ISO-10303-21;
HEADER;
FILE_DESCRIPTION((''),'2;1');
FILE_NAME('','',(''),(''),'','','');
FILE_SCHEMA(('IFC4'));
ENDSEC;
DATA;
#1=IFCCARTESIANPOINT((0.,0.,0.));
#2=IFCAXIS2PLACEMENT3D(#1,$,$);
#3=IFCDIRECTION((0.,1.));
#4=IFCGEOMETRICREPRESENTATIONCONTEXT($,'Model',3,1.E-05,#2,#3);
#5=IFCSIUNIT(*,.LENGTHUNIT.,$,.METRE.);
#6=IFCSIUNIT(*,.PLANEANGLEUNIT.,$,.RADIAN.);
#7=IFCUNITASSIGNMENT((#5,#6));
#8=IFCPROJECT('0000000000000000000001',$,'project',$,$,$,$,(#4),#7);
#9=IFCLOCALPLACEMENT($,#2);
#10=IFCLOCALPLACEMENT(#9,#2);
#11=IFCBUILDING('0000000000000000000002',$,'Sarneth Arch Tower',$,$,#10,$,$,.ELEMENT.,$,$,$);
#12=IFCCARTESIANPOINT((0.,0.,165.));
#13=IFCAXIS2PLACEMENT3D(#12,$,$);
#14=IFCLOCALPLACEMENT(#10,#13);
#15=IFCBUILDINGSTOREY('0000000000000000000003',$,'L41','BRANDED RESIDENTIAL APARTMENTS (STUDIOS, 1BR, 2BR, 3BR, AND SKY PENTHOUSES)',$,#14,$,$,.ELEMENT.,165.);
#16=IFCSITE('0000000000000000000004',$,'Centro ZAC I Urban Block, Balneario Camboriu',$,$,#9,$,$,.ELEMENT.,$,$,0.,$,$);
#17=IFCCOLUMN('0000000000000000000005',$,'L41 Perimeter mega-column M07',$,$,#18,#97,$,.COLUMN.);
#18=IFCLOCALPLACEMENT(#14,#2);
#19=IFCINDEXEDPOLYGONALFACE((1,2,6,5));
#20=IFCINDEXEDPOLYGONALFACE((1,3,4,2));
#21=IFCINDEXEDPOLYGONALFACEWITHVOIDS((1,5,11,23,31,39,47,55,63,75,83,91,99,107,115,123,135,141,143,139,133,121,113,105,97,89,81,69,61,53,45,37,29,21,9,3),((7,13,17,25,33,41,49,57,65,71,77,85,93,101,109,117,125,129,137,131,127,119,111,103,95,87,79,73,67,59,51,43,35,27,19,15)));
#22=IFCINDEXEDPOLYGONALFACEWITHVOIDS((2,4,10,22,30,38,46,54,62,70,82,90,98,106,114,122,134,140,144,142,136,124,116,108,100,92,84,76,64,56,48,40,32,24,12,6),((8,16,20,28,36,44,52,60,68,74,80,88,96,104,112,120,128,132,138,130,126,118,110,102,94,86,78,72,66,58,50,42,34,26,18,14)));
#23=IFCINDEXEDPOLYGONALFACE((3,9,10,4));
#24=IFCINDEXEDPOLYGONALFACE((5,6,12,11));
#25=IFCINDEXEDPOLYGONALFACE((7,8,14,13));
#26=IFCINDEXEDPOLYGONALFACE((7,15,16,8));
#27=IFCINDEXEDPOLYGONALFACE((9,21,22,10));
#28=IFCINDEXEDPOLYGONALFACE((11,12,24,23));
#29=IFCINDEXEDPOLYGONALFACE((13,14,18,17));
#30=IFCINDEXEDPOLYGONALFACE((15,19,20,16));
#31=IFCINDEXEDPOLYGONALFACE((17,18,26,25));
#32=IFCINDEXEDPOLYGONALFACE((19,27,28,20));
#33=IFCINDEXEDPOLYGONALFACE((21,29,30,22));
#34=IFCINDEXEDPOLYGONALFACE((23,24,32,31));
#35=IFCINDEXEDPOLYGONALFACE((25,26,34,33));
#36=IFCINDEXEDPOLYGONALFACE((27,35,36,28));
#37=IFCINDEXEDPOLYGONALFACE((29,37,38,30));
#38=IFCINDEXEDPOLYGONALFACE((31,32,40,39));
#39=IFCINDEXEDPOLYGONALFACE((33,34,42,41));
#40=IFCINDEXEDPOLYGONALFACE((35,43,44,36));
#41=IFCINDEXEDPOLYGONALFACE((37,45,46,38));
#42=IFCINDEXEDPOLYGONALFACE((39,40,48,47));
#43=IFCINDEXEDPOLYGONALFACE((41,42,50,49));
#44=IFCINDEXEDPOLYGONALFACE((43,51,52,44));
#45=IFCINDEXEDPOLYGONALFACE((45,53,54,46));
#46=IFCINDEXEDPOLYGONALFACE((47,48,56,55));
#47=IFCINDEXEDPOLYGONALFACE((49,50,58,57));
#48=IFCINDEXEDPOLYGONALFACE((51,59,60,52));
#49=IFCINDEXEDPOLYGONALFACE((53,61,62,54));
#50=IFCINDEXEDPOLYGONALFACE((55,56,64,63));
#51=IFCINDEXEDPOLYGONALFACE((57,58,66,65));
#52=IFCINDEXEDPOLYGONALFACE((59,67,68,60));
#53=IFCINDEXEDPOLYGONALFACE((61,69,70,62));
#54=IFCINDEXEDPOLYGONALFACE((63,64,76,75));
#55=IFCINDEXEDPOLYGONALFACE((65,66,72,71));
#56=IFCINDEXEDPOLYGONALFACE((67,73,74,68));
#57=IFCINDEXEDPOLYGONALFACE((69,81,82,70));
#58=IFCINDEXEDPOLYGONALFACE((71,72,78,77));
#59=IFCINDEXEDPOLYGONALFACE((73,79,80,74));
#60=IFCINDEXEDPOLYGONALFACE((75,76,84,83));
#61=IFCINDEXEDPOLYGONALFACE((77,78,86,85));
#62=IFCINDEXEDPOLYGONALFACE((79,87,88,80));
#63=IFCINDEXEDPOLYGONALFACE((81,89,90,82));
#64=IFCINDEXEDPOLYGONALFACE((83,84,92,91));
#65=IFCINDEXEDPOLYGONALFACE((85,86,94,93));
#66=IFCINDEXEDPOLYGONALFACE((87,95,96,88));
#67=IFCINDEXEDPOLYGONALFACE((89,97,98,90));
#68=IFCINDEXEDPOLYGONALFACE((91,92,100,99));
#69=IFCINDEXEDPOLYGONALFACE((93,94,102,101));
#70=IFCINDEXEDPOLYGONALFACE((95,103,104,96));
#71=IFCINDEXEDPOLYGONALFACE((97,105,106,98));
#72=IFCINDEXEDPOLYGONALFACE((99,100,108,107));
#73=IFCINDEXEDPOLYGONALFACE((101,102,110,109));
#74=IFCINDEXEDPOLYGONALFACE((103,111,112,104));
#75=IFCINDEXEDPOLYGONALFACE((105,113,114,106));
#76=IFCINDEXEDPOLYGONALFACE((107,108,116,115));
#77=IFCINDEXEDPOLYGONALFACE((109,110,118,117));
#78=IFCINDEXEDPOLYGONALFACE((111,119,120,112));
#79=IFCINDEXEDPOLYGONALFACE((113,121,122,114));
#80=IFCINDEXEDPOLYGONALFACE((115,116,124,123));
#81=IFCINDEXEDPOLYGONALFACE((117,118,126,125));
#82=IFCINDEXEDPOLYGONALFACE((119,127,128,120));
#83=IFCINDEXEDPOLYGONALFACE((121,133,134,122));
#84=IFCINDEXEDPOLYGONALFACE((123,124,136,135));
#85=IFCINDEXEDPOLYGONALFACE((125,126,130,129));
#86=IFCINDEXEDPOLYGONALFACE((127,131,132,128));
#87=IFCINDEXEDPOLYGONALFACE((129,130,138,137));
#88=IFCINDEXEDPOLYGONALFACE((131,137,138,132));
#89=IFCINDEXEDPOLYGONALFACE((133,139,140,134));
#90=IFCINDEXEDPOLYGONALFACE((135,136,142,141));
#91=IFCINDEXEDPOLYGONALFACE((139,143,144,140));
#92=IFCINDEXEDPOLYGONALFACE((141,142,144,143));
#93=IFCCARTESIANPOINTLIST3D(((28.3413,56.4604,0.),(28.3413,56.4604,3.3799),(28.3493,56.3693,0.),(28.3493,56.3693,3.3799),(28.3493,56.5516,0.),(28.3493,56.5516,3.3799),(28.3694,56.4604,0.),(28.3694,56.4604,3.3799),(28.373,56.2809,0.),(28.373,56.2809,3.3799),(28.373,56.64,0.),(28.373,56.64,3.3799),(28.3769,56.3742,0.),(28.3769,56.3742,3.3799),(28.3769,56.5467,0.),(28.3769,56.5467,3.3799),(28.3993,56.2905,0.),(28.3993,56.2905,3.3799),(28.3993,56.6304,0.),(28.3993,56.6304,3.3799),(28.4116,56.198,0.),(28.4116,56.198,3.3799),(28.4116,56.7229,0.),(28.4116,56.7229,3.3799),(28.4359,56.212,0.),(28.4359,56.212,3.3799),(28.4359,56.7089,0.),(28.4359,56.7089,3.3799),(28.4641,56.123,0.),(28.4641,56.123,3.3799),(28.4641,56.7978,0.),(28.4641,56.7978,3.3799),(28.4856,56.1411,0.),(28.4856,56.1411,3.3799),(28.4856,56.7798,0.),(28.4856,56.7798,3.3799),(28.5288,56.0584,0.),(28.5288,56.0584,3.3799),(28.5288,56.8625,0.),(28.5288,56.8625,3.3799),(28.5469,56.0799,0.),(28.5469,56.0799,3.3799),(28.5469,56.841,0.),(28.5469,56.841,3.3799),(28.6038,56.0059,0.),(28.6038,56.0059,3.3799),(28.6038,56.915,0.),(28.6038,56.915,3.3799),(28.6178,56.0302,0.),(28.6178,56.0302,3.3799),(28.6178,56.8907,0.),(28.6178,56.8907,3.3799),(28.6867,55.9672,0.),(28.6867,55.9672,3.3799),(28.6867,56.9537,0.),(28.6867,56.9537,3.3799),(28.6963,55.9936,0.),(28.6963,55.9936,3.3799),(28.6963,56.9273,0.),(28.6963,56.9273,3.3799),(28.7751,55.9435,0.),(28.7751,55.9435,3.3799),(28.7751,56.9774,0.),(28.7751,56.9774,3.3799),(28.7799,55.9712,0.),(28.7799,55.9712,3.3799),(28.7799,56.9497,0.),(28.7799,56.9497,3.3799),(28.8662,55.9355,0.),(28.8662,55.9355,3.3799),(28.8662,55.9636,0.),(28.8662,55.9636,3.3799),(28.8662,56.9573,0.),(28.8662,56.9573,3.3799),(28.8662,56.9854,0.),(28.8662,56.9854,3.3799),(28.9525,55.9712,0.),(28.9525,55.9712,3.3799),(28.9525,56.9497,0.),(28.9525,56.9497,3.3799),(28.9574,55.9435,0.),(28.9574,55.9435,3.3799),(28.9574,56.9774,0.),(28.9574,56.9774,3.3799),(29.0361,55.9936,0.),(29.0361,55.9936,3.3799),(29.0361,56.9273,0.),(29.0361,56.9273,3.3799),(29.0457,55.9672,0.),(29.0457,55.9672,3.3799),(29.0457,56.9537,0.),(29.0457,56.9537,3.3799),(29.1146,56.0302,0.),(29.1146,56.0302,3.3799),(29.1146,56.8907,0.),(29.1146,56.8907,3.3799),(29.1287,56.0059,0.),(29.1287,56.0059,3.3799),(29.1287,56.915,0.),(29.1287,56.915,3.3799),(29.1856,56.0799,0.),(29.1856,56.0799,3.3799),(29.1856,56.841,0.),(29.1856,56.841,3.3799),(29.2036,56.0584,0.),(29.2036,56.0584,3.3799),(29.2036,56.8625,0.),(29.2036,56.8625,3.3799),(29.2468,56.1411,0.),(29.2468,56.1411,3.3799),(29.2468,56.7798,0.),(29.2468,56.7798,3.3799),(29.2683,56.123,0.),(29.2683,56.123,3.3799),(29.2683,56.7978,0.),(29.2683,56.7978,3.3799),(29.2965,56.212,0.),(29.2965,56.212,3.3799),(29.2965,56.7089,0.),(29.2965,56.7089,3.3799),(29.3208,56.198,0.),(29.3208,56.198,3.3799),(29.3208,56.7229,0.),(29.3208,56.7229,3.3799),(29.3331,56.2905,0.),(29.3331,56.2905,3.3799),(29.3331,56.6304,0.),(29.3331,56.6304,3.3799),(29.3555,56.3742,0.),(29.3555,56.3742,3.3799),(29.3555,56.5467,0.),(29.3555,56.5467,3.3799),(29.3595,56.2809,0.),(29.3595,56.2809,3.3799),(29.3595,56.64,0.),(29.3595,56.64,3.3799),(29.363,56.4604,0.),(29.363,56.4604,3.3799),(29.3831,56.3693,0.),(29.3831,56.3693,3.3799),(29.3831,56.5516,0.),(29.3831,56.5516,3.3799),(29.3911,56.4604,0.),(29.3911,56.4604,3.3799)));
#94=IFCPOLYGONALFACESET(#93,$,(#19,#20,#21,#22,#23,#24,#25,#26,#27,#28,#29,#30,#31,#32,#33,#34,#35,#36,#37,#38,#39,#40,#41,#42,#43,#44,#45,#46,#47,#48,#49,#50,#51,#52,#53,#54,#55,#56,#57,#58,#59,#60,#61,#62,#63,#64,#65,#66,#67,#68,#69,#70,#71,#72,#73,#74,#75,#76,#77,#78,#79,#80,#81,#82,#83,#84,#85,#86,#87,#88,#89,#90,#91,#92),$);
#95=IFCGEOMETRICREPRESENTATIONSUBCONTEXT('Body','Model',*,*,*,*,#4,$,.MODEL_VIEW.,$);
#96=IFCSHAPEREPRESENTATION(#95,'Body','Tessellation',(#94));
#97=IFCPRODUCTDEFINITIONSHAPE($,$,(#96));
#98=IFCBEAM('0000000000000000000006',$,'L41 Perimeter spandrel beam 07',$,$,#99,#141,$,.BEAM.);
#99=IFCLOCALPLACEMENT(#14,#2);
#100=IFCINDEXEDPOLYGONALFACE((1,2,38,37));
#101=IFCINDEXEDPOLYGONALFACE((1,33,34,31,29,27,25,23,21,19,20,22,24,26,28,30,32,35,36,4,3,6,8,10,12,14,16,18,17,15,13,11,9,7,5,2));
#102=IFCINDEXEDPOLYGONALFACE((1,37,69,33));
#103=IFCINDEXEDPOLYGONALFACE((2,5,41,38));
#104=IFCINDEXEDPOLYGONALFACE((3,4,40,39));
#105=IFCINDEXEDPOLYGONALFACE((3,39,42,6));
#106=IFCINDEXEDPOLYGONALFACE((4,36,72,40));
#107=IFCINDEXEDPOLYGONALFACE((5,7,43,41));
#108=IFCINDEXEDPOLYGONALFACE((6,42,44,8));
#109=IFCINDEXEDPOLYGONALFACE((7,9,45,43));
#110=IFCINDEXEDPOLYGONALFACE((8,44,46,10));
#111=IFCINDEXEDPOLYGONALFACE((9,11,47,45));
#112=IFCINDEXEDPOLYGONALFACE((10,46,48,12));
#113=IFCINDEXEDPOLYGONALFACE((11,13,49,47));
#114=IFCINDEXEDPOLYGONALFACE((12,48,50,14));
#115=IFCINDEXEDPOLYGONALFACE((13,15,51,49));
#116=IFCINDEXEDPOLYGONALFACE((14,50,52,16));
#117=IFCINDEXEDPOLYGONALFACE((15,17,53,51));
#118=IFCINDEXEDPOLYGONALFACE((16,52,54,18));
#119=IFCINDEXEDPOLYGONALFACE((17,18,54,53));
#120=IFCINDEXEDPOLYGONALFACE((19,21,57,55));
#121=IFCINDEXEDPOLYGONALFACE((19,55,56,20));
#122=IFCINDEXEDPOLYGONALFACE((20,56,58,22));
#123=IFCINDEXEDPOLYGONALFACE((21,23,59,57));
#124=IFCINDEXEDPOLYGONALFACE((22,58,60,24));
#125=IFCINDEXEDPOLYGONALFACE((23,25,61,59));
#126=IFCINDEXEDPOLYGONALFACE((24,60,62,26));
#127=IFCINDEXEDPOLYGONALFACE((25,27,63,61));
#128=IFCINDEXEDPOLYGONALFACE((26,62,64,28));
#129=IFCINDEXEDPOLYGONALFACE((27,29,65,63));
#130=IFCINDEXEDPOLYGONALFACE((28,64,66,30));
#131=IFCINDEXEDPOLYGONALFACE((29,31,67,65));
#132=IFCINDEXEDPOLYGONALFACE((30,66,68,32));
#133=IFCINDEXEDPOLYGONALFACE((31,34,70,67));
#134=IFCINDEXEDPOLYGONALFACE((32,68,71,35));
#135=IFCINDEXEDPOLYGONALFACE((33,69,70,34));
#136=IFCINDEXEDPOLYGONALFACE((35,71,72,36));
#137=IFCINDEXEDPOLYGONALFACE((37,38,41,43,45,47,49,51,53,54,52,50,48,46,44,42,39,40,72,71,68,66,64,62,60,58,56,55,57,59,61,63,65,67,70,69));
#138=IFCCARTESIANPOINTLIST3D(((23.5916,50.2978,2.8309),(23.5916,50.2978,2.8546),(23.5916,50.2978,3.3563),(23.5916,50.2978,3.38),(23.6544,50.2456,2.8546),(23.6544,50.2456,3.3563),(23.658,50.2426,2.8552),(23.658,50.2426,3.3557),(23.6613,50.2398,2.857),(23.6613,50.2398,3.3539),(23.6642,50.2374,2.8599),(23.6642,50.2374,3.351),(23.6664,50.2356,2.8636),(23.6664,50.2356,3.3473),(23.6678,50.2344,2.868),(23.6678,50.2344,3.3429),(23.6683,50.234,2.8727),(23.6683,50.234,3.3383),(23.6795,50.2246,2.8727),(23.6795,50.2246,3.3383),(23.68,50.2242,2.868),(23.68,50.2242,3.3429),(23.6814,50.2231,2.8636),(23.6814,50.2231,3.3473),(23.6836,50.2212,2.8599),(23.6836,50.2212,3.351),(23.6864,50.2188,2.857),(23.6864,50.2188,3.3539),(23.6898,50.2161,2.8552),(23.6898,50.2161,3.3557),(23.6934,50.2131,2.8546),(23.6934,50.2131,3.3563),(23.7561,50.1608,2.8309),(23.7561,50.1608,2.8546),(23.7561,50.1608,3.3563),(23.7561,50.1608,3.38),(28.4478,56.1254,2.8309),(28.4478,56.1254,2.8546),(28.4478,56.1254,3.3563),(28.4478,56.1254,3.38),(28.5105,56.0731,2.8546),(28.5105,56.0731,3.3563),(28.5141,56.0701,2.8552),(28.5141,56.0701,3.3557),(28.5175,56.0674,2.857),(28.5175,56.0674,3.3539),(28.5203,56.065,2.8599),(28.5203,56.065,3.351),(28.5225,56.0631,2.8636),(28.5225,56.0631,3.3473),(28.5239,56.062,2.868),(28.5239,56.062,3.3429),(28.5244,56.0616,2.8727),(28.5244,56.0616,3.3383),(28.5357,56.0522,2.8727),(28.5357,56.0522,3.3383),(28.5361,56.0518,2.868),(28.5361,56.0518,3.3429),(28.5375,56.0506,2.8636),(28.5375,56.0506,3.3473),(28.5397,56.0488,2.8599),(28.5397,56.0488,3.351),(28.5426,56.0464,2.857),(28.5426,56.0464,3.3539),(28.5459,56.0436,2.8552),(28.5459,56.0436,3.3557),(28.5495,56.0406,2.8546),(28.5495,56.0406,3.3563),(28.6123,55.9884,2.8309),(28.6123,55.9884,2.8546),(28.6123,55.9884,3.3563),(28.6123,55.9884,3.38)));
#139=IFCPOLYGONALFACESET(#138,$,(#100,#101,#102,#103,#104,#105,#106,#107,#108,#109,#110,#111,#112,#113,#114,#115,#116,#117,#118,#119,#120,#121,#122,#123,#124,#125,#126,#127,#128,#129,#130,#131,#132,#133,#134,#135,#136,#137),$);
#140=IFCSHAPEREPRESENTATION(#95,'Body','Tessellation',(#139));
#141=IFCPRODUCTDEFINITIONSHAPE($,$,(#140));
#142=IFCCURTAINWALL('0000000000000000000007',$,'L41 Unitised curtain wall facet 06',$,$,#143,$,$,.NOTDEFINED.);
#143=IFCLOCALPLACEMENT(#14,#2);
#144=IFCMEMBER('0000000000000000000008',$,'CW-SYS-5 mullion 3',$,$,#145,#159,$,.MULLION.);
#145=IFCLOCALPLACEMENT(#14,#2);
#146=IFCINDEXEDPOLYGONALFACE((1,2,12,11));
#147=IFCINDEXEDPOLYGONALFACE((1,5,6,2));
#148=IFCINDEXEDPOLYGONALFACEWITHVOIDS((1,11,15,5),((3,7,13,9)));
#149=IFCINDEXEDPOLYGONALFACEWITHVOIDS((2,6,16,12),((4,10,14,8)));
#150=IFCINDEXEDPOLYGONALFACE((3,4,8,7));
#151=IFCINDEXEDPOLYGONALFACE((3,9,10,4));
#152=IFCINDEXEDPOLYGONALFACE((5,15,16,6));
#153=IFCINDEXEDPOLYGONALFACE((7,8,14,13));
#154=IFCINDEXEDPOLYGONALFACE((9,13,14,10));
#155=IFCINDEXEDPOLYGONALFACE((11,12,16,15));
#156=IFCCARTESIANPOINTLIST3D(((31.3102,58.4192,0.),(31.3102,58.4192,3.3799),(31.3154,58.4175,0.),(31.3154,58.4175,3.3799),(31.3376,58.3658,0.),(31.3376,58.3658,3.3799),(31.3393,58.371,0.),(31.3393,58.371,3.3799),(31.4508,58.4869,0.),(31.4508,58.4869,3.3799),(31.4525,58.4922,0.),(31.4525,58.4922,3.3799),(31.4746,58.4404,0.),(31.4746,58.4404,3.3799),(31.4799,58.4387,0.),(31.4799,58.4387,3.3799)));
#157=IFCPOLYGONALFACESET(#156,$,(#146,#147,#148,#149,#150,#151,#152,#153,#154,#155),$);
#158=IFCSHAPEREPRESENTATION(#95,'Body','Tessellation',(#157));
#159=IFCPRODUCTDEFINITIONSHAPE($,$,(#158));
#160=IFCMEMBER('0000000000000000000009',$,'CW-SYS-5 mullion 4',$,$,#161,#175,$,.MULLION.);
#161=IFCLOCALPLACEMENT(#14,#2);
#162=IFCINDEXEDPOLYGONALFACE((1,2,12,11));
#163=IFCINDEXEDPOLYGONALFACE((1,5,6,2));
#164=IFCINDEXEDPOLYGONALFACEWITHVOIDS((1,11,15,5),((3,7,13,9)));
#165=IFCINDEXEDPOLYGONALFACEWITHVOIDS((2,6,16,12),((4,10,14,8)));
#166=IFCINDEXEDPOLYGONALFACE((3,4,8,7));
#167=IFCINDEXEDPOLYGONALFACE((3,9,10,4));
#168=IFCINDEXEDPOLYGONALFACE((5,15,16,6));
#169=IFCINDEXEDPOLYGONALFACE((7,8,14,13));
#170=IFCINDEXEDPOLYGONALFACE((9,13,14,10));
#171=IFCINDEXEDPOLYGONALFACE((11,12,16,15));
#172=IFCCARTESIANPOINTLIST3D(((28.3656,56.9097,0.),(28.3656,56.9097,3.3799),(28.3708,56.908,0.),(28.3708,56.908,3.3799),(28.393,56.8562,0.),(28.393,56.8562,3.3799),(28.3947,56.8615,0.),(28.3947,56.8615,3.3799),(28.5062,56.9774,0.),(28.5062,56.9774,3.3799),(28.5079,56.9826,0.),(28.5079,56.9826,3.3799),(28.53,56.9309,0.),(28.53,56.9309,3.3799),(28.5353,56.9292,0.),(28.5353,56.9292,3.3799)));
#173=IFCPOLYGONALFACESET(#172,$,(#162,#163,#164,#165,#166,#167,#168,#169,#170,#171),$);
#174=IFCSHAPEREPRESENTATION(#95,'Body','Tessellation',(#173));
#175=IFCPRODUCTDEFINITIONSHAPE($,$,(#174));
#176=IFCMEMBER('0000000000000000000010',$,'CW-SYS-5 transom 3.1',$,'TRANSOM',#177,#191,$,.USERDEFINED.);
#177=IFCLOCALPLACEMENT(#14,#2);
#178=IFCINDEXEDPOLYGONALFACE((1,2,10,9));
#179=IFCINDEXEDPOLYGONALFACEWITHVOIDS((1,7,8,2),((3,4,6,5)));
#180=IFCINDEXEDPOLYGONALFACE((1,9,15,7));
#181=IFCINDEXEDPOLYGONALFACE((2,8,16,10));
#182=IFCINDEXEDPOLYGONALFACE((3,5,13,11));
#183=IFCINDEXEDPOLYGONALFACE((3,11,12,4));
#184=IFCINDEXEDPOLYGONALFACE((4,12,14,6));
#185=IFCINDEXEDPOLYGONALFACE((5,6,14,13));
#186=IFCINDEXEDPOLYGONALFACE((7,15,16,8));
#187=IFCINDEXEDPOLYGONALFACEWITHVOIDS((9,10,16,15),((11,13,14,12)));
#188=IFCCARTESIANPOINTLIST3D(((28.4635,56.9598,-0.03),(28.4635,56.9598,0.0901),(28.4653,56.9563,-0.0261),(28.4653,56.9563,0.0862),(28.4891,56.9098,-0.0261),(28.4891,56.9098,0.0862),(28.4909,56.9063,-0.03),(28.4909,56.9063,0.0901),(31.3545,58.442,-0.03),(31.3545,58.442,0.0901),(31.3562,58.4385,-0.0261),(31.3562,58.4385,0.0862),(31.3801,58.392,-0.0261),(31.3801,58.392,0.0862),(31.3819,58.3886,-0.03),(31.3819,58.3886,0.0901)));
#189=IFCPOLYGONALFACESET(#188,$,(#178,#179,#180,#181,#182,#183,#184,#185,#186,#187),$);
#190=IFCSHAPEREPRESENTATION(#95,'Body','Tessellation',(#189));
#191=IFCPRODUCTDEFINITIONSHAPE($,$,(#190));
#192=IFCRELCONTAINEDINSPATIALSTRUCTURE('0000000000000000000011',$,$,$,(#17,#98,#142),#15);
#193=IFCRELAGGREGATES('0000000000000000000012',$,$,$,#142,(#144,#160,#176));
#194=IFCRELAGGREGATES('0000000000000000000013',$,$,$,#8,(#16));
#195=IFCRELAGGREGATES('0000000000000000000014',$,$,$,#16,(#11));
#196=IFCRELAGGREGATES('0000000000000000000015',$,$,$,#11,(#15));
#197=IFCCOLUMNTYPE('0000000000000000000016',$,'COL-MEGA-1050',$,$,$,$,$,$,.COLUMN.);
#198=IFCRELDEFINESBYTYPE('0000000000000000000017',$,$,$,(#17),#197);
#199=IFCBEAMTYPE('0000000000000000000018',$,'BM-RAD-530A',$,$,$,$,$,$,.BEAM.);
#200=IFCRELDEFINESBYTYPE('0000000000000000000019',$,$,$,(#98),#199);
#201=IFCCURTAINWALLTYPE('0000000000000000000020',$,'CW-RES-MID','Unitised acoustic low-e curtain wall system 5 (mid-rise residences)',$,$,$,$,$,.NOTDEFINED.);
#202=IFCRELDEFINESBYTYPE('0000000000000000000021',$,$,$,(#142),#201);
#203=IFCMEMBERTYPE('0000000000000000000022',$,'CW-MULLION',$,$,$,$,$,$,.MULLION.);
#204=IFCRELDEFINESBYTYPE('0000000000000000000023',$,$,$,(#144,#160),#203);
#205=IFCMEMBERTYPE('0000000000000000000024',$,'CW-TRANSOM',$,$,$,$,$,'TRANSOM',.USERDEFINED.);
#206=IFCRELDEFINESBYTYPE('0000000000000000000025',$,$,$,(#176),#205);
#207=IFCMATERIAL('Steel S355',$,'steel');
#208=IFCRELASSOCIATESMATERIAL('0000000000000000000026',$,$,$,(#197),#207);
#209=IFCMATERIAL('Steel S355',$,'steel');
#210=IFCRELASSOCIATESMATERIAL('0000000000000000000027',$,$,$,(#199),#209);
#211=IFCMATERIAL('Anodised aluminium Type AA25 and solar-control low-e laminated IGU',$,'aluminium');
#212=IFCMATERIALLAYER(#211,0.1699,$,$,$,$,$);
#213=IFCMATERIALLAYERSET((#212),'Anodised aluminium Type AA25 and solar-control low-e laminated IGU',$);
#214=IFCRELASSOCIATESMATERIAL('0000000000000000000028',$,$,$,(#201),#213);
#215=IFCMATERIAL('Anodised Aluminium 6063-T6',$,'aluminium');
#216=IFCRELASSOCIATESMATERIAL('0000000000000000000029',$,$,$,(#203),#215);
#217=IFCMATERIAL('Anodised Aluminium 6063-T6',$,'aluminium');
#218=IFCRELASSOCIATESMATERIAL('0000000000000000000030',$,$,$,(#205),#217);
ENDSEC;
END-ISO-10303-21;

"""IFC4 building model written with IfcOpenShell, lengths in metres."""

from ifc_helpers import new_model, si_unit, direction, frame, origin, origin_2d, place, context, subcontext, project, spatial, hollow_rectangle, hollow_circle, i_section, extrude, material, layer, layer_set, material_profile, profile_set, type_object, element, aggregate, save


model = new_model("IFC4")

# Units and contexts
model_context = context("Model", 3, precision=1e-05, world=origin(), true_north=direction((0.0, 1.0)))
body_context = subcontext(model_context, "Body", "Model", "MODEL_VIEW")
ifc_project = project(units=[si_unit("LENGTHUNIT", "METRE"), si_unit("PLANEANGLEUNIT", "RADIAN")], contexts=[model_context])

# Site, building, storey
site_placement = place(None, origin())
site = spatial("IfcSite", under=ifc_project, at=site_placement, Name="Centro ZAC I Urban Block, Balneario Camboriu", CompositionType="ELEMENT", RefElevation=0.0)
building_placement = place(site_placement, origin())
building = spatial("IfcBuilding", under=site, at=building_placement, Name="Sarneth Arch Tower", CompositionType="ELEMENT")
storey_placement = place(building_placement, frame((0.0, 0.0, 165.0)))
storey = spatial("IfcBuildingStorey", under=building, at=storey_placement, Name="L41", Description="BRANDED RESIDENTIAL APARTMENTS (STUDIOS, 1BR, 2BR, 3BR, AND SKY PENTHOUSES)", CompositionType="ELEMENT", Elevation=165.0)

# Column
ifc_material_1 = material(Name="Steel S355", Category="steel")
ifc_material_profile_1 = material_profile(ifc_material_1, hollow_circle(Radius=0.5249, WallThickness=0.0281, at=origin_2d()), Name="CHS1050x28")
ifc_profile_set_1 = profile_set([ifc_material_profile_1], Name="Steel S355")
column_type = type_object("IfcColumnType", Name="COL-MEGA-1050", PredefinedType="COLUMN", material=ifc_profile_set_1)
column_placement = place(storey_placement, frame((28.8662, 56.4604, 0.0), z_axis=(0.0, 0.0, 1.0), x_axis=(1.0, 0.0, 0.0)))
element("IfcColumn", 1, at=column_placement, inside=storey, type_object=column_type, Name="L41 Perimeter mega-column M07", PredefinedType="COLUMN", context=body_context, shape_type="SweptSolid", body=[
    extrude(hollow_circle(Radius=0.5249, WallThickness=0.0281, at=origin_2d()), origin(), (0.0, 0.0, 1.0), 3.3799),
])

# Beam
ifc_material_2 = material(Name="Steel S355", Category="steel")
ifc_material_profile_2 = material_profile(ifc_material_2, i_section(OverallWidth=0.2141, OverallDepth=0.5491, WebThickness=0.0146, FlangeThickness=0.0237, FilletRadius=0.0181, at=origin_2d()), Name="W530x138")
ifc_profile_set_2 = profile_set([ifc_material_profile_2], Name="Steel S355")
beam_type = type_object("IfcBeamType", Name="BM-RAD-530A", PredefinedType="BEAM", material=ifc_profile_set_2)
beam_placement = place(storey_placement, frame((28.53, 56.0569, 3.1055), z_axis=(-0.640172, -0.768232, 0.0), x_axis=(0.768232, -0.640172, 0.0)))
element("IfcBeam", 2, at=beam_placement, inside=storey, type_object=beam_type, Name="L41 Perimeter spandrel beam 07", PredefinedType="BEAM", context=body_context, shape_type="SweptSolid", body=[
    extrude(i_section(OverallWidth=0.2141, OverallDepth=0.5491, WebThickness=0.0146, FlangeThickness=0.0237, FilletRadius=0.0181, at=origin_2d()), origin(), (0.0, 0.0, 1.0), 7.5857),
])

# Curtain wall, members
ifc_material_3 = material(Name="Anodised aluminium Type AA25 and solar-control low-e laminated IGU", Category="aluminium")
ifc_layer_1 = layer(ifc_material_3, 0.1699)
ifc_layer_set_1 = layer_set([ifc_layer_1], Name="Anodised aluminium Type AA25 and solar-control low-e laminated IGU")
curtain_wall_type = type_object("IfcCurtainWallType", Name="CW-RES-MID", Description="Unitised acoustic low-e curtain wall system 5 (mid-rise residences)", PredefinedType="NOTDEFINED", material=ifc_layer_set_1)
curtain_wall_placement = place(storey_placement, origin())
curtain_wall = element("IfcCurtainWall", 3, at=curtain_wall_placement, inside=storey, type_object=curtain_wall_type, Name="L41 Unitised curtain wall facet 06", PredefinedType="NOTDEFINED")
ifc_material_4 = material(Name="Anodised Aluminium 6063-T6", Category="aluminium")
ifc_material_profile_3 = material_profile(ifc_material_4, hollow_rectangle(XDim=0.0601, YDim=0.1599, WallThickness=0.0039, at=origin_2d()), Name="AL-MULL-160x60x4")
ifc_profile_set_3 = profile_set([ifc_material_profile_3], Name="Anodised Aluminium 6063-T6")
member_type_1 = type_object("IfcMemberType", Name="CW-MULLION", PredefinedType="MULLION", material=ifc_profile_set_3)
member_1_placement = place(storey_placement, frame((31.395, 58.429, 0.0), z_axis=(0.0, 0.0, 1.0), x_axis=(0.456208, -0.889873, 0.0)))
member_1 = element("IfcMember", 4, at=member_1_placement, type_object=member_type_1, Name="CW-SYS-5 mullion 3", PredefinedType="MULLION", context=body_context, shape_type="SweptSolid", body=[
    extrude(hollow_rectangle(XDim=0.0601, YDim=0.1599, WallThickness=0.0039, at=origin_2d()), origin(), (0.0, 0.0, 1.0), 3.3799),
])
member_2_placement = place(storey_placement, frame((28.4504, 56.9194, 0.0), z_axis=(0.0, 0.0, 1.0), x_axis=(0.456208, -0.889873, 0.0)))
member_2 = element("IfcMember", 5, at=member_2_placement, type_object=member_type_1, Name="CW-SYS-5 mullion 4", PredefinedType="MULLION", context=body_context, shape_type="SweptSolid", body=[
    extrude(hollow_rectangle(XDim=0.0601, YDim=0.1599, WallThickness=0.0039, at=origin_2d()), origin(), (0.0, 0.0, 1.0), 3.3799),
])
ifc_material_5 = material(Name="Anodised Aluminium 6063-T6", Category="aluminium")
ifc_material_profile_4 = material_profile(ifc_material_5, hollow_rectangle(XDim=0.0601, YDim=0.1201, WallThickness=0.0039, at=origin_2d()), Name="AL-TRAN-120x60x4")
ifc_profile_set_4 = profile_set([ifc_material_profile_4], Name="Anodised Aluminium 6063-T6")
member_type_2 = type_object("IfcMemberType", Name="CW-TRANSOM", ElementType="TRANSOM", PredefinedType="USERDEFINED", material=ifc_profile_set_4)
member_3_placement = place(storey_placement, frame((31.3682, 58.4153, 0.03), z_axis=(-0.889857, -0.456239, 0.0), x_axis=(0.456239, -0.889857, 0.0)))
member_3 = element("IfcMember", 6, at=member_3_placement, type_object=member_type_2, Name="CW-SYS-5 transom 3.1", ObjectType="TRANSOM", PredefinedType="USERDEFINED", context=body_context, shape_type="SweptSolid", body=[
    extrude(hollow_rectangle(XDim=0.0601, YDim=0.1201, WallThickness=0.0039, at=origin_2d()), origin(), (0.0, 0.0, 1.0), 3.2488),
])

aggregate(curtain_wall, [member_1, member_2, member_3])

save(model, "model.ifc")
